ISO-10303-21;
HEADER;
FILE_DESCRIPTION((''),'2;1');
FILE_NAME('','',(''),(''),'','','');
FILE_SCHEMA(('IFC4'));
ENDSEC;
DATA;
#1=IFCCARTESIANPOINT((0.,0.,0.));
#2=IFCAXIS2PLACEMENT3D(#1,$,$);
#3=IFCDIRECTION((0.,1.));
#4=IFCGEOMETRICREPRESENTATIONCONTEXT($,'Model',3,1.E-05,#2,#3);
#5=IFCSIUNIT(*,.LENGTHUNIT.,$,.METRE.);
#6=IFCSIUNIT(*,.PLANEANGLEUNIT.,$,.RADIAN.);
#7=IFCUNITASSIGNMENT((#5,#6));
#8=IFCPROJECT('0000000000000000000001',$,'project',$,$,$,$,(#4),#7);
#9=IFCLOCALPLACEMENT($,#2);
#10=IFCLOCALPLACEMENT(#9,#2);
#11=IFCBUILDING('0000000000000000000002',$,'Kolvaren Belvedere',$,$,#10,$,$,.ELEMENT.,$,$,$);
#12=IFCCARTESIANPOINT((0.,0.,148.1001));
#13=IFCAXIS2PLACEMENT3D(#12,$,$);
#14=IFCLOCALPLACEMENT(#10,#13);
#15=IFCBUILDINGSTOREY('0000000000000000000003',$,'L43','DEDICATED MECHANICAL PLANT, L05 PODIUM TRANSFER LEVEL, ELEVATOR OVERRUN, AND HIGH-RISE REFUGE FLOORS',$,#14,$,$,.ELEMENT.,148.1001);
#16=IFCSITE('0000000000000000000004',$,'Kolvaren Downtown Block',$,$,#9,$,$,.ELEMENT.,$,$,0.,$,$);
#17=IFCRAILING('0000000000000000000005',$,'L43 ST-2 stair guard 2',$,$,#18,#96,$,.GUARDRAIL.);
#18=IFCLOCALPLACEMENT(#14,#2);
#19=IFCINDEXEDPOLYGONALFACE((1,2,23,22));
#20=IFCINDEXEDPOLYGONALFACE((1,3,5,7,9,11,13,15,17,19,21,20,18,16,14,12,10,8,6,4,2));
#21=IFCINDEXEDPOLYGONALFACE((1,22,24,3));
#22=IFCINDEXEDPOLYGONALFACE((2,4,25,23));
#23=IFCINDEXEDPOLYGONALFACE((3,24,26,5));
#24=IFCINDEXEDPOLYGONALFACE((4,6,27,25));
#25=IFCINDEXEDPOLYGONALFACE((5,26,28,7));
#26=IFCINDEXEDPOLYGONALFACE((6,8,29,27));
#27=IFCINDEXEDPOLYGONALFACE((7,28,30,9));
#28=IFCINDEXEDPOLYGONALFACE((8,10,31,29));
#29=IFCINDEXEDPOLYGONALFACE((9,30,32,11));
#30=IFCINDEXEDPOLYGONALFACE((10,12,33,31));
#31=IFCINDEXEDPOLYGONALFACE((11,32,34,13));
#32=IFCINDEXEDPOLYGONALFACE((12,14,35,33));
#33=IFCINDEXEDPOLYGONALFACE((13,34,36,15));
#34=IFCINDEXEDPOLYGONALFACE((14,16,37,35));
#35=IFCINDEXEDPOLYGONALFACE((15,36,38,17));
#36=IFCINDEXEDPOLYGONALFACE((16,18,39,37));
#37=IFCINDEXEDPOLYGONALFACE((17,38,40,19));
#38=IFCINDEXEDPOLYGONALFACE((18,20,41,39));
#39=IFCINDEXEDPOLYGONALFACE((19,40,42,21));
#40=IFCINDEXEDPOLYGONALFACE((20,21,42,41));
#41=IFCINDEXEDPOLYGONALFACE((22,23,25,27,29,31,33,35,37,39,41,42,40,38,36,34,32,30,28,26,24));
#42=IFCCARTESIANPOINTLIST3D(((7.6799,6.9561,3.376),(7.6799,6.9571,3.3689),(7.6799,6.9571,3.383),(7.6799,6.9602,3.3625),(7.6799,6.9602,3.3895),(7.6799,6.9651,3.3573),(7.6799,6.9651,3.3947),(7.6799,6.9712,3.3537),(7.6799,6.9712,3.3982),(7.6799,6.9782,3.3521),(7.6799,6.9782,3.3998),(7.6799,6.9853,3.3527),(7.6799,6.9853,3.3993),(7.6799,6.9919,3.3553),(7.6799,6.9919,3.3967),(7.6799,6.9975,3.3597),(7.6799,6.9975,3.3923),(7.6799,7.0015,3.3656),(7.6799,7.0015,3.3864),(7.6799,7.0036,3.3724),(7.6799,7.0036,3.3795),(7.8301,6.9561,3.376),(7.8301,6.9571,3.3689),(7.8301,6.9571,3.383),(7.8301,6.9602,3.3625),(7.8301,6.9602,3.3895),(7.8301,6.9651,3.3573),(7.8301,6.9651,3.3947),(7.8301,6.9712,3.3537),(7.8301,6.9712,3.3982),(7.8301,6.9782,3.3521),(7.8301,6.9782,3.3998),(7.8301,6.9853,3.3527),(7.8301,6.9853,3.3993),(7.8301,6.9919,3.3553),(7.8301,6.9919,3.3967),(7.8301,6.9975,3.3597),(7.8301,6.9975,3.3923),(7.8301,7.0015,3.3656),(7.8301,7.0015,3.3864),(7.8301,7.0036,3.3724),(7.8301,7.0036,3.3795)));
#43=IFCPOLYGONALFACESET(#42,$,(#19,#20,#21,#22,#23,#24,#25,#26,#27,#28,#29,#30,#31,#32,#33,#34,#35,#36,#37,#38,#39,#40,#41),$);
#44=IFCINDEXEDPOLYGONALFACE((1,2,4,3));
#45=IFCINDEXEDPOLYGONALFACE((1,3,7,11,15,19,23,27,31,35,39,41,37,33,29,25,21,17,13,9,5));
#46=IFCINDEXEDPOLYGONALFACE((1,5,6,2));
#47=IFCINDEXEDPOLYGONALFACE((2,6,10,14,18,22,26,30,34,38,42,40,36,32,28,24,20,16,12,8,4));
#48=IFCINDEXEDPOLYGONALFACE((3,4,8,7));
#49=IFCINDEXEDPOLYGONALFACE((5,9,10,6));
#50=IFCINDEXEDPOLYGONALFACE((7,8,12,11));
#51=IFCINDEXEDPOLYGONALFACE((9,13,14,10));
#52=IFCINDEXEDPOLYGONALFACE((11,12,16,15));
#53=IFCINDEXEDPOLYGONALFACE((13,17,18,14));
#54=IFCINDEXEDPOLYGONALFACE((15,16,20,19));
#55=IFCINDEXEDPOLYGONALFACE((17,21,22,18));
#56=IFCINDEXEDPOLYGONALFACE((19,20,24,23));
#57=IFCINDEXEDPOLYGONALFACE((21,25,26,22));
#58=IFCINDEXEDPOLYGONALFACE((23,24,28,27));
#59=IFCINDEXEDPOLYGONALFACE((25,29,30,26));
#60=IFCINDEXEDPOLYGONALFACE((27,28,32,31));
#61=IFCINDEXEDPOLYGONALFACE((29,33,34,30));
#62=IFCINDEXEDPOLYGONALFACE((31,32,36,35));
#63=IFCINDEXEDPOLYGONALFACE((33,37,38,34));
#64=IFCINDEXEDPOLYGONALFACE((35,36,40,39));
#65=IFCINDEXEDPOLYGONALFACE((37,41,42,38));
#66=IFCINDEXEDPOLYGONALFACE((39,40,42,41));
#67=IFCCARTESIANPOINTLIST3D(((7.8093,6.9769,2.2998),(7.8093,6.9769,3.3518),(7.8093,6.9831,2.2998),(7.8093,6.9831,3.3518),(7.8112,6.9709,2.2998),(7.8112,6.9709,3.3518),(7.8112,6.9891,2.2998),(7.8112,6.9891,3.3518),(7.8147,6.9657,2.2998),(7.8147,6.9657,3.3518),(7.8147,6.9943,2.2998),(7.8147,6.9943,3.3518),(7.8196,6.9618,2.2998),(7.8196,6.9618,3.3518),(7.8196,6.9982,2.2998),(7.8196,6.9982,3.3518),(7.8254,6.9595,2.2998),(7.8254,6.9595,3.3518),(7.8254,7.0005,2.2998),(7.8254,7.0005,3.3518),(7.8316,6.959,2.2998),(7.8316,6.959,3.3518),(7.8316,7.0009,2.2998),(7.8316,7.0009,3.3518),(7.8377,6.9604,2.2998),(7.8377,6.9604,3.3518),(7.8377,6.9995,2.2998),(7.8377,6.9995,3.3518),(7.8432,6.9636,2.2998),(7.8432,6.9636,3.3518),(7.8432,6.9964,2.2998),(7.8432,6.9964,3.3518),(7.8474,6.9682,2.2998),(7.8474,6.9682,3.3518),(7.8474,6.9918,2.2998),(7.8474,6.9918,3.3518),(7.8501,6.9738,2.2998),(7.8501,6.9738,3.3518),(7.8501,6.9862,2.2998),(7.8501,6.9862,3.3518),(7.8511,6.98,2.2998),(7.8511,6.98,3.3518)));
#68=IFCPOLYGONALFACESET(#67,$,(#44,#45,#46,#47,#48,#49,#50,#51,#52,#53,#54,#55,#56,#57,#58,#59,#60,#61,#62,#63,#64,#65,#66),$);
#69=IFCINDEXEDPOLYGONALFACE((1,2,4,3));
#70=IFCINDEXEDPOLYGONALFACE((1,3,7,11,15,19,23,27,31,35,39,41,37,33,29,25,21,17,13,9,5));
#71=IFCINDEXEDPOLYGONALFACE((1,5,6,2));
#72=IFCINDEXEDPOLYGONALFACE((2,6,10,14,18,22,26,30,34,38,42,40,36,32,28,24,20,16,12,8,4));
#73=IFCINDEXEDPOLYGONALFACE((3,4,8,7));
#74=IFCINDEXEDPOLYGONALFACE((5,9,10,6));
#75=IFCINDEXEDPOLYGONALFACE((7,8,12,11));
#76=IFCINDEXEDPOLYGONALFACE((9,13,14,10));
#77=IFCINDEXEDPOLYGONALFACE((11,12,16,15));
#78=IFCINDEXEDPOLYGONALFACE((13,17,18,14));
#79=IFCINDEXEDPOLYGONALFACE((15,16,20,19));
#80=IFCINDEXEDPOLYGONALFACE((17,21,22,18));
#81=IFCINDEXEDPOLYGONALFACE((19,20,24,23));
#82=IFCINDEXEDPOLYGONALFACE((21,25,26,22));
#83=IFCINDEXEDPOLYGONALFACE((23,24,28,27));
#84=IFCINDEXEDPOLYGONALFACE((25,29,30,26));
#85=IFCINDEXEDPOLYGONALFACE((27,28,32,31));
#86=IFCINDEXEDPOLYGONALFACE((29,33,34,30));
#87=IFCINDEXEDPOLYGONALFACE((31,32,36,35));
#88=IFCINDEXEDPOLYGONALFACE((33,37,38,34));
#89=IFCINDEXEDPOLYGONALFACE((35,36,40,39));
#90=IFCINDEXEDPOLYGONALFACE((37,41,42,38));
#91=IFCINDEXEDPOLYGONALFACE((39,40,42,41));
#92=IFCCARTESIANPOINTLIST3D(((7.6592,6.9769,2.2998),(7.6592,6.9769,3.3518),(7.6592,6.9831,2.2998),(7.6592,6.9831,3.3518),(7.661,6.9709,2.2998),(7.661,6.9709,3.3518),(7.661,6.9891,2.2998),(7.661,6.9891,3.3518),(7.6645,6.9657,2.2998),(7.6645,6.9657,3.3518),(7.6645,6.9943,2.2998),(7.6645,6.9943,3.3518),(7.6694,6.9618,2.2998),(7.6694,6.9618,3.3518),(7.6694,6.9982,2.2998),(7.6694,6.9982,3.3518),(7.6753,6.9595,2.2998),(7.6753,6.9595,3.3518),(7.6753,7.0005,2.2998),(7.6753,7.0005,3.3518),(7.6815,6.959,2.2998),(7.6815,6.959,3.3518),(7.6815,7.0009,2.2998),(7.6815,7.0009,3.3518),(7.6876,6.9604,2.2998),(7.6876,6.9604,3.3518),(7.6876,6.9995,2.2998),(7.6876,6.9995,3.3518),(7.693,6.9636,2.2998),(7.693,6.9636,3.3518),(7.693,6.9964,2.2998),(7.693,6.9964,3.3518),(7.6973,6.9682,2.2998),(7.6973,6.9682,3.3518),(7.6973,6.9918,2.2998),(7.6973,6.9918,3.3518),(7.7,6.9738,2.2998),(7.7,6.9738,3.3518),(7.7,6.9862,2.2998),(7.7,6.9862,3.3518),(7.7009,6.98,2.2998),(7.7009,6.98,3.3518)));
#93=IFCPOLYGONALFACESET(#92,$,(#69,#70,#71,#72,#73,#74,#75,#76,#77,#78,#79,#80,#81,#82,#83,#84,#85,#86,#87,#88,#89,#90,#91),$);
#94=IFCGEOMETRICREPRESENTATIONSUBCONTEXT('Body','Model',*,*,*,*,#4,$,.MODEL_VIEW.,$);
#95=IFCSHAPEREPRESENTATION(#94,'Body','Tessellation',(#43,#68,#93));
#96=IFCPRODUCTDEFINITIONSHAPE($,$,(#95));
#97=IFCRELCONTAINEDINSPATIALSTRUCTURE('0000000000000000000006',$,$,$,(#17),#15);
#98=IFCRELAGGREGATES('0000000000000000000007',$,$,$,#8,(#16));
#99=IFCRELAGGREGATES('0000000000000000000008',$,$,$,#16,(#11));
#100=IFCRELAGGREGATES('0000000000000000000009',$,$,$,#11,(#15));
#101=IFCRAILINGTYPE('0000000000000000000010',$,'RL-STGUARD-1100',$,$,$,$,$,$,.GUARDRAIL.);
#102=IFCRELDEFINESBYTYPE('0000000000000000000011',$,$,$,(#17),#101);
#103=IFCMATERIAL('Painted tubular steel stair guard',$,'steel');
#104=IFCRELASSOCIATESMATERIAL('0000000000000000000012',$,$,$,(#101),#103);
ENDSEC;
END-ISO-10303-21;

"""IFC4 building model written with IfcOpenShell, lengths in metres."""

from ifc_helpers import new_model, si_unit, direction, frame, origin, origin_2d, place, context, subcontext, project, spatial, circle, extrude, material, type_object, element, save


model = new_model("IFC4")

# Units and contexts
model_context = context("Model", 3, precision=1e-05, world=origin(), true_north=direction((0.0, 1.0)))
body_context = subcontext(model_context, "Body", "Model", "MODEL_VIEW")
ifc_project = project(units=[si_unit("LENGTHUNIT", "METRE"), si_unit("PLANEANGLEUNIT", "RADIAN")], contexts=[model_context])

# Site, building, storey
site_placement = place(None, origin())
site = spatial("IfcSite", under=ifc_project, at=site_placement, Name="Kolvaren Downtown Block", CompositionType="ELEMENT", RefElevation=0.0)
building_placement = place(site_placement, origin())
building = spatial("IfcBuilding", under=site, at=building_placement, Name="Kolvaren Belvedere", CompositionType="ELEMENT")
storey_placement = place(building_placement, frame((0.0, 0.0, 148.1001)))
storey = spatial("IfcBuildingStorey", under=building, at=storey_placement, Name="L43", Description="DEDICATED MECHANICAL PLANT, L05 PODIUM TRANSFER LEVEL, ELEVATOR OVERRUN, AND HIGH-RISE REFUGE FLOORS", CompositionType="ELEMENT", Elevation=148.1001)

# Railing
ifc_material_1 = material(Name="Painted tubular steel stair guard", Category="steel")
railing_type_1 = type_object("IfcRailingType", Name="RL-STGUARD-1100", PredefinedType="GUARDRAIL", material=ifc_material_1)
railing_1_placement = place(storey_placement, frame((7.8301, 6.98, 2.2998)))
element("IfcRailing", 1, at=railing_1_placement, inside=storey, type_object=railing_type_1, Name="L43 ST-2 stair guard 2", PredefinedType="GUARDRAIL", context=body_context, shape_type="SweptSolid", body=[
    extrude(circle(Radius=0.0239, at=origin_2d()), frame((0.0, 0.0, 1.0762), z_axis=(-1.0, 0.0, 0.0), x_axis=(0.0, -1.0, 0.0)), (0.0, 0.0, 1.0), 0.1501),
    extrude(circle(Radius=0.021, at=origin_2d()), origin(), (0.0, 0.0, 1.0), 1.052),
    extrude(circle(Radius=0.021, at=origin_2d()), frame((-0.1501, 0.0, 0.0)), (0.0, 0.0, 1.0), 1.052),
])

save(model, "model.ifc")
